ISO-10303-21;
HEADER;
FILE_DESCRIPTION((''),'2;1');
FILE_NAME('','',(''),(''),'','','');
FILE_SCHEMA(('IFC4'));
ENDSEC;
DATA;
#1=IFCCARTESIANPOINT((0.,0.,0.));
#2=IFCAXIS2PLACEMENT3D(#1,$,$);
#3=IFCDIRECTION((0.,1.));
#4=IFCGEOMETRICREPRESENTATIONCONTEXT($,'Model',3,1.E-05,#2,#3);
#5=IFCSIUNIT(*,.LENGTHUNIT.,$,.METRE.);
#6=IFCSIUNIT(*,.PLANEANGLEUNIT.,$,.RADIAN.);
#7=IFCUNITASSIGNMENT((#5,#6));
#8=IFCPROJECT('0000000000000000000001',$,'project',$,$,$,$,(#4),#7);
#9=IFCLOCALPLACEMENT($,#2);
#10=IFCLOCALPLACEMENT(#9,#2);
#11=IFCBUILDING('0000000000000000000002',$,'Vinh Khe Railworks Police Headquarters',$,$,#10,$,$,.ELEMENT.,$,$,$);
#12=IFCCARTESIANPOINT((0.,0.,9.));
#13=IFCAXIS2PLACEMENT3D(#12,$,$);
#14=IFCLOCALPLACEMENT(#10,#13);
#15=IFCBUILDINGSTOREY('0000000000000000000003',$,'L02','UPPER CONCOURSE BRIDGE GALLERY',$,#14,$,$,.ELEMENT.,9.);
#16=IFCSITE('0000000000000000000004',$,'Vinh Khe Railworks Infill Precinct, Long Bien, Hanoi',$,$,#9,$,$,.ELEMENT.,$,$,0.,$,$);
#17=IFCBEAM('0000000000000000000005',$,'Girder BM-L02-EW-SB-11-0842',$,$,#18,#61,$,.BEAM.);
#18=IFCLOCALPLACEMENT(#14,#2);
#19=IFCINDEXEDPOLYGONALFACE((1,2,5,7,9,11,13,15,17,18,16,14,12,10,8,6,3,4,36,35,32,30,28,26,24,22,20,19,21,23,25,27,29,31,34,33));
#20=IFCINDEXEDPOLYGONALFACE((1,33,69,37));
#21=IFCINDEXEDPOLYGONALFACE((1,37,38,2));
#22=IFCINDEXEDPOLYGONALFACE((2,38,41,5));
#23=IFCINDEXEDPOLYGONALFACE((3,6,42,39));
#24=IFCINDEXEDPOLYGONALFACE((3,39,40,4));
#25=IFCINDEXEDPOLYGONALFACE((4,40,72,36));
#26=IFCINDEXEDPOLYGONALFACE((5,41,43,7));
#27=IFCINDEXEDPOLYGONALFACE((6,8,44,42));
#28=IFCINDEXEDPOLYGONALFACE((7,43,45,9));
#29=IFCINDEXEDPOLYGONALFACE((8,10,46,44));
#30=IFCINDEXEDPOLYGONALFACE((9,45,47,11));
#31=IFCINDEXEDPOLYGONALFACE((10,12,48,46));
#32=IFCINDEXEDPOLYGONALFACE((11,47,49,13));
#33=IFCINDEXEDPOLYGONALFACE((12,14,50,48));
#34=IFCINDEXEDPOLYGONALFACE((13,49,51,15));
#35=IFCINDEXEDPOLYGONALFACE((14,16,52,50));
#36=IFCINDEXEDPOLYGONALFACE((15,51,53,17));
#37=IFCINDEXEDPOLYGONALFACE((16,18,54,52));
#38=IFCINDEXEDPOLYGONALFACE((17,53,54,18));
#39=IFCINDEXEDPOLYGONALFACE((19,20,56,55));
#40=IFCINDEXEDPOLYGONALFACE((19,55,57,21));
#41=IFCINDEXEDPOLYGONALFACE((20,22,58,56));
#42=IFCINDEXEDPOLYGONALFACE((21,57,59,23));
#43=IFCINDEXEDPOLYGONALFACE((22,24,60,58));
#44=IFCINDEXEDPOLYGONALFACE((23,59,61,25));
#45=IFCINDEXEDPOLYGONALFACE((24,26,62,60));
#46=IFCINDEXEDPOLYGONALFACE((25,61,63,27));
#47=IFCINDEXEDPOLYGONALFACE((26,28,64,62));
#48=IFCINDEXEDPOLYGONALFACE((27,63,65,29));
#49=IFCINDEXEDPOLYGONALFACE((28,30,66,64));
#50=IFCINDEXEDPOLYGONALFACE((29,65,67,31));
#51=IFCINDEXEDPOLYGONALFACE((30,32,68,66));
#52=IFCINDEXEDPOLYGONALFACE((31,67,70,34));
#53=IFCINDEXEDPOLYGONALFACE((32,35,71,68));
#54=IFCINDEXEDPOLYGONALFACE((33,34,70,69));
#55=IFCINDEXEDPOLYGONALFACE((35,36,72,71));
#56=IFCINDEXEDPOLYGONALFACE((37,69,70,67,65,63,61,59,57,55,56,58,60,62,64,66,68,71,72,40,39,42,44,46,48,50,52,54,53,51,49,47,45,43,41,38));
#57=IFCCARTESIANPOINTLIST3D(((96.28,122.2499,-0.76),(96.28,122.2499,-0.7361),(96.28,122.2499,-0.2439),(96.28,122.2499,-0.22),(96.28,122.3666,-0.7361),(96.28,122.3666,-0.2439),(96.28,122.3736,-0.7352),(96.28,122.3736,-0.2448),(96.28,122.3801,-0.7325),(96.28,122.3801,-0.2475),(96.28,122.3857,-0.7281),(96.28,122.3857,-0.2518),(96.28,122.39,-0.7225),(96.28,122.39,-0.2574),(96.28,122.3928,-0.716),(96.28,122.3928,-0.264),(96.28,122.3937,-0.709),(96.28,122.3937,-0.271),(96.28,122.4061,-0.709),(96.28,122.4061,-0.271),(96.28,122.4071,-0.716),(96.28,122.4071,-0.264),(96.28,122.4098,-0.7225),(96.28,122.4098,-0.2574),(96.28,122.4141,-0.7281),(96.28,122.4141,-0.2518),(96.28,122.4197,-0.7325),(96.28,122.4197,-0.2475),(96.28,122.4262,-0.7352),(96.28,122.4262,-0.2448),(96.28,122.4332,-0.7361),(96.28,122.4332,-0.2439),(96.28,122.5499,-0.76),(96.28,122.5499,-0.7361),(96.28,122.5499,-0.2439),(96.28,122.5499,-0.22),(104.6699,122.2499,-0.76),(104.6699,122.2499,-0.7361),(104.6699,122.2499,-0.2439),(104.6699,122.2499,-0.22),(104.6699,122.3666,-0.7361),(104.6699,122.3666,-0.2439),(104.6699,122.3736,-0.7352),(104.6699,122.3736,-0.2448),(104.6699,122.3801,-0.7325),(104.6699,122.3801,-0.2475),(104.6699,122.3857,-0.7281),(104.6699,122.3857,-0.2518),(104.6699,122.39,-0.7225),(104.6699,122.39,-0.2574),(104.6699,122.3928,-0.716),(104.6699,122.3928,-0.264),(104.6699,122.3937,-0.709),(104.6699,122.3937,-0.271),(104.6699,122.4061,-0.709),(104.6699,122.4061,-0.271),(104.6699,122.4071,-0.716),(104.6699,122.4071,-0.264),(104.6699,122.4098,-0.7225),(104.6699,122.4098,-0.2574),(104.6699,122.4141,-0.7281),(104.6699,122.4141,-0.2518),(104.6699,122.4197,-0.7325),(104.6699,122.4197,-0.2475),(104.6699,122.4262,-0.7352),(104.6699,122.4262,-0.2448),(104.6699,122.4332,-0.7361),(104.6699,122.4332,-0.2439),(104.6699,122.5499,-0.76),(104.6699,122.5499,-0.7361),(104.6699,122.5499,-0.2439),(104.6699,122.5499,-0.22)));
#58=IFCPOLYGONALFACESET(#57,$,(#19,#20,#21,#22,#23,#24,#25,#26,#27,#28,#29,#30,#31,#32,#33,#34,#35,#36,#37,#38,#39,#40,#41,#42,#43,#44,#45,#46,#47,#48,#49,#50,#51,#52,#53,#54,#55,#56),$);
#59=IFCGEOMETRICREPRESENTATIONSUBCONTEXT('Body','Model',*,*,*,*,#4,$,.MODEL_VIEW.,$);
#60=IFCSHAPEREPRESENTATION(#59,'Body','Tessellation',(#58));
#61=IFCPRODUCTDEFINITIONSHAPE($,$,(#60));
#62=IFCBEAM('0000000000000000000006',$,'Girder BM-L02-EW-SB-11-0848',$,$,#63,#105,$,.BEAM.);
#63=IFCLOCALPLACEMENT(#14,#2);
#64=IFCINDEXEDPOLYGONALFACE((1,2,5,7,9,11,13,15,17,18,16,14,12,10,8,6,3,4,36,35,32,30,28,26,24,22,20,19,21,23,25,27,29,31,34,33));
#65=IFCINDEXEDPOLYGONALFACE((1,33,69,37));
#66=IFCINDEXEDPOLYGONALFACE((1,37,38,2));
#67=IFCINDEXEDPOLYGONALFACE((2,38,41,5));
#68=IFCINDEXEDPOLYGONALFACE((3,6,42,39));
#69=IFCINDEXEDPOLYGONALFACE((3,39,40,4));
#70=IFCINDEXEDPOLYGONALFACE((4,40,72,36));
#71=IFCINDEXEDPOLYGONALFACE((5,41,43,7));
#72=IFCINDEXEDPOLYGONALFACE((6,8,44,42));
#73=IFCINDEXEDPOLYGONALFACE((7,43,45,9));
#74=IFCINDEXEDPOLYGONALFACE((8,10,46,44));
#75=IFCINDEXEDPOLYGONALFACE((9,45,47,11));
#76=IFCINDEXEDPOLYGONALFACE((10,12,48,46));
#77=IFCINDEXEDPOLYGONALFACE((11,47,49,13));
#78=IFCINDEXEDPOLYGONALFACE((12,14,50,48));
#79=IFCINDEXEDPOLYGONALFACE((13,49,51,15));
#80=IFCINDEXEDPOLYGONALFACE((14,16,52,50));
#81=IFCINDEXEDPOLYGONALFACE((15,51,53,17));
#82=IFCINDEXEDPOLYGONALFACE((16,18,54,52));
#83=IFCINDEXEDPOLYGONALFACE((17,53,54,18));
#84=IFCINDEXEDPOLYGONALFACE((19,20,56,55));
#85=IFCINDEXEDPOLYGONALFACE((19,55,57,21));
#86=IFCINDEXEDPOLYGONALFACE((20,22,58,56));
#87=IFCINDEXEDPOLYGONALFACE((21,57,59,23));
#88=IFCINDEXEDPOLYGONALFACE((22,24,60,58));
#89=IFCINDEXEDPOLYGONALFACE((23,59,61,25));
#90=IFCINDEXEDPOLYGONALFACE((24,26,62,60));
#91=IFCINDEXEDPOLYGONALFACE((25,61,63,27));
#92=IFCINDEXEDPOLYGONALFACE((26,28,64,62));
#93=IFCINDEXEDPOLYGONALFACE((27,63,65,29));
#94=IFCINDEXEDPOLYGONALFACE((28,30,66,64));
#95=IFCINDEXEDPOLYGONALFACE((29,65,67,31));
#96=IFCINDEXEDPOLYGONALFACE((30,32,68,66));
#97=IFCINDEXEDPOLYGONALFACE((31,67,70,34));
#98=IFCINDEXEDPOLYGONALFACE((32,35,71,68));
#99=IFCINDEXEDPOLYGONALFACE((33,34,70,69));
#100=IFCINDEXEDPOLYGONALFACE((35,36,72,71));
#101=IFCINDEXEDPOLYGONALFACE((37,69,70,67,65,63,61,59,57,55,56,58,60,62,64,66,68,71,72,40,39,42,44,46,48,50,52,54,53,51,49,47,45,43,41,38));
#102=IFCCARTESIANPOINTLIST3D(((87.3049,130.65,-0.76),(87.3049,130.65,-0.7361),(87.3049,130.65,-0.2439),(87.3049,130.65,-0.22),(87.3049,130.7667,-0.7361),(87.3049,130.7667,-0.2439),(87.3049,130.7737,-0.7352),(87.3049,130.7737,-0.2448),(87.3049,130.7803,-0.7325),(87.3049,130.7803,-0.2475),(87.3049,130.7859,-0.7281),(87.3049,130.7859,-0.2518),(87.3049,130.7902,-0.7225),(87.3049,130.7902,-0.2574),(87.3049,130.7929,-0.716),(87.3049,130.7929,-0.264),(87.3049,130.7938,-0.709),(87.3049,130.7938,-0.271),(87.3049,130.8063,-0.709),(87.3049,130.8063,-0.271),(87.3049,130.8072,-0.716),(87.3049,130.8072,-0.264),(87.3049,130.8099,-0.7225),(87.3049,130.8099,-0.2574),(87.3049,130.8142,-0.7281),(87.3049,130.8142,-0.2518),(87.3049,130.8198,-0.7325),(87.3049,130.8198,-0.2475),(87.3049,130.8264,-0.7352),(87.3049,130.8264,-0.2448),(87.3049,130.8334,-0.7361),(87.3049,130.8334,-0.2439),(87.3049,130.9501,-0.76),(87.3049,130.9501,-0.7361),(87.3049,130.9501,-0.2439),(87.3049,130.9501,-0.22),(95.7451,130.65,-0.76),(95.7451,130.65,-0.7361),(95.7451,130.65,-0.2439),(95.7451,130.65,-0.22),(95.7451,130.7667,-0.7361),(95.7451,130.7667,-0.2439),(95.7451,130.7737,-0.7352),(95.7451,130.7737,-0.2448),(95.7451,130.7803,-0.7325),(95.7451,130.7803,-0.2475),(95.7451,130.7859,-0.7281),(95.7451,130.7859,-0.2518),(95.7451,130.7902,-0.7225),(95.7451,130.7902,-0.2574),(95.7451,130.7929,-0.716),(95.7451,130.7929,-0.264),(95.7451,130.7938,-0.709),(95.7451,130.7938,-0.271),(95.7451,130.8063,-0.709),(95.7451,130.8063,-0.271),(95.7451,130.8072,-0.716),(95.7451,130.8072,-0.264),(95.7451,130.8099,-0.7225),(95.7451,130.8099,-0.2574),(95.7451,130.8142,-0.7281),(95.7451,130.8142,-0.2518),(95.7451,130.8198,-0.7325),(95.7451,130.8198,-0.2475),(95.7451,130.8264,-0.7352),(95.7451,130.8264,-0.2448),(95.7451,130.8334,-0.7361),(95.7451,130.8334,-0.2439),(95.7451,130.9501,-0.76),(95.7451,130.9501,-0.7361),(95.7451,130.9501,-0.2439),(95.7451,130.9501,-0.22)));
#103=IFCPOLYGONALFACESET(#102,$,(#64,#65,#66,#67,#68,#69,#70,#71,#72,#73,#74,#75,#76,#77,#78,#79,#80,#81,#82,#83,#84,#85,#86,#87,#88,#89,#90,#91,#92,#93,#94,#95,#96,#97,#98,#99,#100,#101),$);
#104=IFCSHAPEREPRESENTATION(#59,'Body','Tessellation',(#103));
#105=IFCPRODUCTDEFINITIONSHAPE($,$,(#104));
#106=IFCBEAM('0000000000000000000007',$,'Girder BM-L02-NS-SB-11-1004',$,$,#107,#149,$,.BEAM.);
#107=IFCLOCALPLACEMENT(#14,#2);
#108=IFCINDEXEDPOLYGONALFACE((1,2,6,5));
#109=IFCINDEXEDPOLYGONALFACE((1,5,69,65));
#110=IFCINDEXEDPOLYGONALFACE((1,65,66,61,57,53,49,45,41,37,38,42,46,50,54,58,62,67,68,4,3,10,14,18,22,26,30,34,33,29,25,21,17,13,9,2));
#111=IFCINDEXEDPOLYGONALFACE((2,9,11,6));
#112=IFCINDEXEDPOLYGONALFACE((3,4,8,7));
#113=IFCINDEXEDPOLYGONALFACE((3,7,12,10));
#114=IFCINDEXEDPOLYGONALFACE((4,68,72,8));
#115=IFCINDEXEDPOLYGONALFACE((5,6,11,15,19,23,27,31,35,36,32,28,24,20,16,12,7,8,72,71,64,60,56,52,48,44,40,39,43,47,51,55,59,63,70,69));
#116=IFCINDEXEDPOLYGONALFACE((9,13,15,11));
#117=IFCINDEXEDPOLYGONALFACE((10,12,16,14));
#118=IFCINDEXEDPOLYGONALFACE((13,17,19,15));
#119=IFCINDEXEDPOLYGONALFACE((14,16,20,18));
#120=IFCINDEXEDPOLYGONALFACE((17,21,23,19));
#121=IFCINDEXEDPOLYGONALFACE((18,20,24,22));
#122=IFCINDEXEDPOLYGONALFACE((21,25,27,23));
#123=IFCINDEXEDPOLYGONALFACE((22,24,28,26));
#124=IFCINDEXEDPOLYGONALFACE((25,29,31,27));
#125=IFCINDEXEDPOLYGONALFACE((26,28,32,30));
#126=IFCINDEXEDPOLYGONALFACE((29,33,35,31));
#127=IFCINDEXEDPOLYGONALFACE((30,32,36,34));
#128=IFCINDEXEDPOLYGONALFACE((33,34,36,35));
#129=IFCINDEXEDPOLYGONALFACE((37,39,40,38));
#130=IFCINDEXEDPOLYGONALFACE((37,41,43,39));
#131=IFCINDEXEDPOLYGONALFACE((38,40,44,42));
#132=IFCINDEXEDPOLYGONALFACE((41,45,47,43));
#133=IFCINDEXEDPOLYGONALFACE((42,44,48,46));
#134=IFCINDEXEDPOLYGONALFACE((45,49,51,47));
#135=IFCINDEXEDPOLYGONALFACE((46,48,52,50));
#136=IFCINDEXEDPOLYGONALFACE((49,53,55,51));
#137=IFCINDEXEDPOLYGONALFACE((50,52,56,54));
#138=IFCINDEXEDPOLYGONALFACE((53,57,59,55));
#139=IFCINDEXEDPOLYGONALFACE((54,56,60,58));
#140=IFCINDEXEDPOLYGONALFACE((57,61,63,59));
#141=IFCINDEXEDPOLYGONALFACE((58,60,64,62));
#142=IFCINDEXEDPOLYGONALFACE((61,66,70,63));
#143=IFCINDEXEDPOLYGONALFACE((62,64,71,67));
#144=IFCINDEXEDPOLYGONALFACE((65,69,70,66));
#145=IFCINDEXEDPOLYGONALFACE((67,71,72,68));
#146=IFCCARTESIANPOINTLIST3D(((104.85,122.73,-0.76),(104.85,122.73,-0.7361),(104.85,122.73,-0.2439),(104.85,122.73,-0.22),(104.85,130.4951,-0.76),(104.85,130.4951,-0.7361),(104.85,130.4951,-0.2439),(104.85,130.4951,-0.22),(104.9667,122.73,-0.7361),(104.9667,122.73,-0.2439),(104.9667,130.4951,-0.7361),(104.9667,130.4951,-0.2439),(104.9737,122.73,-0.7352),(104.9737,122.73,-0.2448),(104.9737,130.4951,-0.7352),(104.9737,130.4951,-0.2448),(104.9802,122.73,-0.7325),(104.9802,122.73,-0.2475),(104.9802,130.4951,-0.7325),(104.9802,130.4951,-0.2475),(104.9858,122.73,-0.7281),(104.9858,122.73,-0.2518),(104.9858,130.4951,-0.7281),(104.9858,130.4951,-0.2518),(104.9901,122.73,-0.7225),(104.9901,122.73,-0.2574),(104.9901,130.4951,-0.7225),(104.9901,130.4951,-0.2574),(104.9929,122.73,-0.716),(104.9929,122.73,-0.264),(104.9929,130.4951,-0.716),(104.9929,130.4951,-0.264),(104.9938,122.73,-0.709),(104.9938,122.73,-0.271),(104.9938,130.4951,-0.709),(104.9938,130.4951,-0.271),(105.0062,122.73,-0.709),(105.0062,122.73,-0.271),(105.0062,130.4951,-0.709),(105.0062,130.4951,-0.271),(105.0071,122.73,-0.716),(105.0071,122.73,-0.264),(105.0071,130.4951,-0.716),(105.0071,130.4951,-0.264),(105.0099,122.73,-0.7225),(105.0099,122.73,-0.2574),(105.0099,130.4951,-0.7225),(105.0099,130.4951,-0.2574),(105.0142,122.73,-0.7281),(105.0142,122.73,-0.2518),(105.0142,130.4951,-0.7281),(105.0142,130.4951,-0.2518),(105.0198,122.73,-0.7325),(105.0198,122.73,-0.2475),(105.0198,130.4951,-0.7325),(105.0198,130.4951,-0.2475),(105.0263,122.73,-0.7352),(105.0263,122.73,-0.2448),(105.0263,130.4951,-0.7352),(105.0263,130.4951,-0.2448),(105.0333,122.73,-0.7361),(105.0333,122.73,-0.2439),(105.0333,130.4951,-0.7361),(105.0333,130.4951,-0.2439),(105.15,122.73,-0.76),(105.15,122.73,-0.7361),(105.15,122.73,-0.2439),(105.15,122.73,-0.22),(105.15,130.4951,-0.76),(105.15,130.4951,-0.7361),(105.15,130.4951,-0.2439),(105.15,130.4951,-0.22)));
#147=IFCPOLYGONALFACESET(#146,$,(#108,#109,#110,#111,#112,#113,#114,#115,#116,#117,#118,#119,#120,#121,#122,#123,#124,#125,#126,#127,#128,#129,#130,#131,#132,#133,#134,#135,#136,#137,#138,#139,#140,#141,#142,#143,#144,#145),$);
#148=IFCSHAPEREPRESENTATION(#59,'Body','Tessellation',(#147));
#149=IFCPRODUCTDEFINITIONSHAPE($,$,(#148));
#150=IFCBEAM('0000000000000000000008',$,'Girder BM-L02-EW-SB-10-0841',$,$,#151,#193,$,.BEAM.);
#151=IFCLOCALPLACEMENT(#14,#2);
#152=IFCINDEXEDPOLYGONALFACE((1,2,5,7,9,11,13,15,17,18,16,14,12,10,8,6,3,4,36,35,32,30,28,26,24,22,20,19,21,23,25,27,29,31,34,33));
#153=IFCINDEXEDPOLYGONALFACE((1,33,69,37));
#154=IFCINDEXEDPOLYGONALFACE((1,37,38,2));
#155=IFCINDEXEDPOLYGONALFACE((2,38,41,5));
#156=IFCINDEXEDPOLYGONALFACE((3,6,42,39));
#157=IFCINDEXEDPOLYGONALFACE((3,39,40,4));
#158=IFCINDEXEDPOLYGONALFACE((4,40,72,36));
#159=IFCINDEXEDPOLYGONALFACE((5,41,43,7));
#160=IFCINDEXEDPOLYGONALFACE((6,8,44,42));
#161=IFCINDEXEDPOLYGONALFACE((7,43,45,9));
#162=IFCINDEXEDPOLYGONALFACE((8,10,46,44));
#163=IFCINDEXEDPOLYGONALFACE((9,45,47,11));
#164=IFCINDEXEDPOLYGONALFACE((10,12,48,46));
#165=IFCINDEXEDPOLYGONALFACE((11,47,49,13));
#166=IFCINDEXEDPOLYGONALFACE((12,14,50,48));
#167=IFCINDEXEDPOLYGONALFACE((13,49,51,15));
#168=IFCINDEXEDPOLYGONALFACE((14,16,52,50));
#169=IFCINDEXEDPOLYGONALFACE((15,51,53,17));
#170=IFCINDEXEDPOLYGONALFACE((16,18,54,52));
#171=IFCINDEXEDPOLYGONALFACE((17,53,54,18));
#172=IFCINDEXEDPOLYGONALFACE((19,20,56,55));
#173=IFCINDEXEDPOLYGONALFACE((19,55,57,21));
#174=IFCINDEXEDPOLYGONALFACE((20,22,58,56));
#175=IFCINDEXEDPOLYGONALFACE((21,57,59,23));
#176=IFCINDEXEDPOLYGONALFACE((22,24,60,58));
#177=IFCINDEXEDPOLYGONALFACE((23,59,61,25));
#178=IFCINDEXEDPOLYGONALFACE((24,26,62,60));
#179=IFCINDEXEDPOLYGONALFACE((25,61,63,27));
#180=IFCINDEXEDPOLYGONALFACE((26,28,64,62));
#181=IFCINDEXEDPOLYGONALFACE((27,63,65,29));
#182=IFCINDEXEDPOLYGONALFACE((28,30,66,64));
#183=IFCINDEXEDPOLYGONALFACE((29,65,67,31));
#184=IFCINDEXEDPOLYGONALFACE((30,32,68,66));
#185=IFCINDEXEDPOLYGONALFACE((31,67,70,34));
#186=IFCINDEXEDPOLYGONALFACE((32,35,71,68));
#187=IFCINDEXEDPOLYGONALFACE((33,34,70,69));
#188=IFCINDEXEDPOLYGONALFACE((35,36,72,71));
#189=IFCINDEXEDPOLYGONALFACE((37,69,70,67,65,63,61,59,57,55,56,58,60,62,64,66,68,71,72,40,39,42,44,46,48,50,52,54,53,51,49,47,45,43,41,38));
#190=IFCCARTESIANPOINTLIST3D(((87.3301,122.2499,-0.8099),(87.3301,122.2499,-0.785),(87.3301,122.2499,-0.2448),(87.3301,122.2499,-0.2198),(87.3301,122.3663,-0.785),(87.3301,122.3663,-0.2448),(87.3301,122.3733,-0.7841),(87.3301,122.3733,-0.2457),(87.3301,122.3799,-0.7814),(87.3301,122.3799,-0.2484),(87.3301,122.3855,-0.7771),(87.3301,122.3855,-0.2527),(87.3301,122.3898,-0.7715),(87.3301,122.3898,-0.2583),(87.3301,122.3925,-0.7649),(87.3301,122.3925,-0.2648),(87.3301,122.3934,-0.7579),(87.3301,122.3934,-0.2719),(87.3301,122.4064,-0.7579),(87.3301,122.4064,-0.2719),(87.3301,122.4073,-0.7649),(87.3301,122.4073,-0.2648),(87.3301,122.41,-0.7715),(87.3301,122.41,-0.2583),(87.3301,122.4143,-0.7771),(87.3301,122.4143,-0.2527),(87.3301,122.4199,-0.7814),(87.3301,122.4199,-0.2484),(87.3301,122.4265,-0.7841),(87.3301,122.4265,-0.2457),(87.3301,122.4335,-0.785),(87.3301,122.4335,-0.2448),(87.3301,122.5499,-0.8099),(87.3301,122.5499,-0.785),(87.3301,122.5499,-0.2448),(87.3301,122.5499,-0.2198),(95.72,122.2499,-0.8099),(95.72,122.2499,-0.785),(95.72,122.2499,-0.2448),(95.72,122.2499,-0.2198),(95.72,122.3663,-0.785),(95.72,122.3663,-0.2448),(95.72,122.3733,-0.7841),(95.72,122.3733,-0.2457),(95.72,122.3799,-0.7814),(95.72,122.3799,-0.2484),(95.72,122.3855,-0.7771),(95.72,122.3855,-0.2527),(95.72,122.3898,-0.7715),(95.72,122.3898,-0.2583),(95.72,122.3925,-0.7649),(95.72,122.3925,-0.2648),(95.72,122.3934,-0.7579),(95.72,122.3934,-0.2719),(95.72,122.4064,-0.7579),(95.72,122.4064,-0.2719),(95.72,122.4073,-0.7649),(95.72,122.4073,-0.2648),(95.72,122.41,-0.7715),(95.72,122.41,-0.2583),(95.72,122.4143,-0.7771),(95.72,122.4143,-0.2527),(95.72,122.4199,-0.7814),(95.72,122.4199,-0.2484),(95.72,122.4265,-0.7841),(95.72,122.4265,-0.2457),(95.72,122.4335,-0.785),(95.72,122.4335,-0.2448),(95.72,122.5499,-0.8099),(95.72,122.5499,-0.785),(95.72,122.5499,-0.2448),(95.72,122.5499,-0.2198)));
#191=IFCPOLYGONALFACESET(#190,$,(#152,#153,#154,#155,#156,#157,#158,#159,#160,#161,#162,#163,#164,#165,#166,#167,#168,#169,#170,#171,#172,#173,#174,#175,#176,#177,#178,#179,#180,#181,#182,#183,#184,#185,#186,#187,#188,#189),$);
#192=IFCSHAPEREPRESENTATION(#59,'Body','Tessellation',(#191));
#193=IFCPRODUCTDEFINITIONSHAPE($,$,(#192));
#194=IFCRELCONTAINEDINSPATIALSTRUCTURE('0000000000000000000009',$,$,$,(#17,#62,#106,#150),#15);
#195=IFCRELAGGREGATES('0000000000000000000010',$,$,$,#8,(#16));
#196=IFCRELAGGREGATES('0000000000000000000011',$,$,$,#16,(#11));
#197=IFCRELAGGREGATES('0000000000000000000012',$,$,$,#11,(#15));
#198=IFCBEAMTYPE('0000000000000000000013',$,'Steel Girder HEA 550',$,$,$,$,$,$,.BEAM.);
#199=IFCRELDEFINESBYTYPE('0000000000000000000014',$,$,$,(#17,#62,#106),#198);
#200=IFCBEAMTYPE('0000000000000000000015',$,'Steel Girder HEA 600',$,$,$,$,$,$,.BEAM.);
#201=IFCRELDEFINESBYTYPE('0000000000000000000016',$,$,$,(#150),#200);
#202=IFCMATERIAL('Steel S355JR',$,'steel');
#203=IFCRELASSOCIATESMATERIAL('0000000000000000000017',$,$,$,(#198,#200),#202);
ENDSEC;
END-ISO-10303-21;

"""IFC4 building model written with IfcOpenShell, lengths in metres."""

from ifc_helpers import new_model, si_unit, direction, frame, origin, origin_2d, place, context, subcontext, project, spatial, i_section, extrude, material, material_profile, profile_set, type_object, element, save


model = new_model("IFC4")

# Units and contexts
model_context = context("Model", 3, precision=1e-05, world=origin(), true_north=direction((0.0, 1.0)))
body_context = subcontext(model_context, "Body", "Model", "MODEL_VIEW")
ifc_project = project(units=[si_unit("LENGTHUNIT", "METRE"), si_unit("PLANEANGLEUNIT", "RADIAN")], contexts=[model_context])

# Site, building, storey
site_placement = place(None, origin())
site = spatial("IfcSite", under=ifc_project, at=site_placement, Name="Vinh Khe Railworks Infill Precinct, Long Bien, Hanoi", CompositionType="ELEMENT", RefElevation=0.0)
building_placement = place(site_placement, origin())
building = spatial("IfcBuilding", under=site, at=building_placement, Name="Vinh Khe Railworks Police Headquarters", CompositionType="ELEMENT")
storey_placement = place(building_placement, frame((0.0, 0.0, 9.0)))
storey = spatial("IfcBuildingStorey", under=building, at=storey_placement, Name="L02", Description="UPPER CONCOURSE BRIDGE GALLERY", CompositionType="ELEMENT", Elevation=9.0)

# Shared definitions
ifc_material_1 = material(Name="Steel S355JR", Category="steel")

# Beams
ifc_material_profile_1 = material_profile(ifc_material_1, i_section(OverallWidth=0.3, OverallDepth=0.54, WebThickness=0.0125, FlangeThickness=0.0239, FilletRadius=0.0271, at=origin_2d()), Name="HEA 550")
ifc_profile_set_1 = profile_set([ifc_material_profile_1], Name="Steel S355JR")
beam_type_1 = type_object("IfcBeamType", Name="Steel Girder HEA 550", PredefinedType="BEAM", material=ifc_profile_set_1)
beam_1_placement = place(storey_placement, frame((96.28, 122.3999, -0.49), z_axis=(1.0, 0.0, 0.0), x_axis=(0.0, 1.0, 0.0)))
element("IfcBeam", 1, at=beam_1_placement, inside=storey, type_object=beam_type_1, Name="Girder BM-L02-EW-SB-11-0842", PredefinedType="BEAM", context=body_context, shape_type="SweptSolid", body=[
    extrude(i_section(OverallWidth=0.3, OverallDepth=0.54, WebThickness=0.0125, FlangeThickness=0.0239, FilletRadius=0.0271, at=origin_2d()), origin(), (0.0, 0.0, 1.0), 8.3899),
])
beam_2_placement = place(storey_placement, frame((87.3049, 130.8, -0.49), z_axis=(1.0, 0.0, 0.0), x_axis=(0.0, 1.0, 0.0)))
element("IfcBeam", 2, at=beam_2_placement, inside=storey, type_object=beam_type_1, Name="Girder BM-L02-EW-SB-11-0848", PredefinedType="BEAM", context=body_context, shape_type="SweptSolid", body=[
    extrude(i_section(OverallWidth=0.3, OverallDepth=0.54, WebThickness=0.0125, FlangeThickness=0.0239, FilletRadius=0.0271, at=origin_2d()), origin(), (0.0, 0.0, 1.0), 8.4402),
])
beam_3_placement = place(storey_placement, frame((105.0, 122.73, -0.49), z_axis=(0.0, 1.0, 0.0), x_axis=(-1.0, 0.0, 0.0)))
element("IfcBeam", 3, at=beam_3_placement, inside=storey, type_object=beam_type_1, Name="Girder BM-L02-NS-SB-11-1004", PredefinedType="BEAM", context=body_context, shape_type="SweptSolid", body=[
    extrude(i_section(OverallWidth=0.3, OverallDepth=0.54, WebThickness=0.0125, FlangeThickness=0.0239, FilletRadius=0.0271, at=origin_2d()), origin(), (0.0, 0.0, 1.0), 7.7651),
])
ifc_material_profile_2 = material_profile(ifc_material_1, i_section(OverallWidth=0.3, OverallDepth=0.5901, WebThickness=0.0129, FlangeThickness=0.0249, FilletRadius=0.0271, at=origin_2d()), Name="HEA 600")
ifc_profile_set_2 = profile_set([ifc_material_profile_2], Name="Steel S355JR")
beam_type_2 = type_object("IfcBeamType", Name="Steel Girder HEA 600", PredefinedType="BEAM", material=ifc_profile_set_2)
beam_4_placement = place(storey_placement, frame((87.3301, 122.3999, -0.5149), z_axis=(1.0, 0.0, 0.0), x_axis=(0.0, 1.0, 0.0)))
element("IfcBeam", 4, at=beam_4_placement, inside=storey, type_object=beam_type_2, Name="Girder BM-L02-EW-SB-10-0841", PredefinedType="BEAM", context=body_context, shape_type="SweptSolid", body=[
    extrude(i_section(OverallWidth=0.3, OverallDepth=0.5901, WebThickness=0.0129, FlangeThickness=0.0249, FilletRadius=0.0271, at=origin_2d()), origin(), (0.0, 0.0, 1.0), 8.3899),
])

save(model, "model.ifc")
